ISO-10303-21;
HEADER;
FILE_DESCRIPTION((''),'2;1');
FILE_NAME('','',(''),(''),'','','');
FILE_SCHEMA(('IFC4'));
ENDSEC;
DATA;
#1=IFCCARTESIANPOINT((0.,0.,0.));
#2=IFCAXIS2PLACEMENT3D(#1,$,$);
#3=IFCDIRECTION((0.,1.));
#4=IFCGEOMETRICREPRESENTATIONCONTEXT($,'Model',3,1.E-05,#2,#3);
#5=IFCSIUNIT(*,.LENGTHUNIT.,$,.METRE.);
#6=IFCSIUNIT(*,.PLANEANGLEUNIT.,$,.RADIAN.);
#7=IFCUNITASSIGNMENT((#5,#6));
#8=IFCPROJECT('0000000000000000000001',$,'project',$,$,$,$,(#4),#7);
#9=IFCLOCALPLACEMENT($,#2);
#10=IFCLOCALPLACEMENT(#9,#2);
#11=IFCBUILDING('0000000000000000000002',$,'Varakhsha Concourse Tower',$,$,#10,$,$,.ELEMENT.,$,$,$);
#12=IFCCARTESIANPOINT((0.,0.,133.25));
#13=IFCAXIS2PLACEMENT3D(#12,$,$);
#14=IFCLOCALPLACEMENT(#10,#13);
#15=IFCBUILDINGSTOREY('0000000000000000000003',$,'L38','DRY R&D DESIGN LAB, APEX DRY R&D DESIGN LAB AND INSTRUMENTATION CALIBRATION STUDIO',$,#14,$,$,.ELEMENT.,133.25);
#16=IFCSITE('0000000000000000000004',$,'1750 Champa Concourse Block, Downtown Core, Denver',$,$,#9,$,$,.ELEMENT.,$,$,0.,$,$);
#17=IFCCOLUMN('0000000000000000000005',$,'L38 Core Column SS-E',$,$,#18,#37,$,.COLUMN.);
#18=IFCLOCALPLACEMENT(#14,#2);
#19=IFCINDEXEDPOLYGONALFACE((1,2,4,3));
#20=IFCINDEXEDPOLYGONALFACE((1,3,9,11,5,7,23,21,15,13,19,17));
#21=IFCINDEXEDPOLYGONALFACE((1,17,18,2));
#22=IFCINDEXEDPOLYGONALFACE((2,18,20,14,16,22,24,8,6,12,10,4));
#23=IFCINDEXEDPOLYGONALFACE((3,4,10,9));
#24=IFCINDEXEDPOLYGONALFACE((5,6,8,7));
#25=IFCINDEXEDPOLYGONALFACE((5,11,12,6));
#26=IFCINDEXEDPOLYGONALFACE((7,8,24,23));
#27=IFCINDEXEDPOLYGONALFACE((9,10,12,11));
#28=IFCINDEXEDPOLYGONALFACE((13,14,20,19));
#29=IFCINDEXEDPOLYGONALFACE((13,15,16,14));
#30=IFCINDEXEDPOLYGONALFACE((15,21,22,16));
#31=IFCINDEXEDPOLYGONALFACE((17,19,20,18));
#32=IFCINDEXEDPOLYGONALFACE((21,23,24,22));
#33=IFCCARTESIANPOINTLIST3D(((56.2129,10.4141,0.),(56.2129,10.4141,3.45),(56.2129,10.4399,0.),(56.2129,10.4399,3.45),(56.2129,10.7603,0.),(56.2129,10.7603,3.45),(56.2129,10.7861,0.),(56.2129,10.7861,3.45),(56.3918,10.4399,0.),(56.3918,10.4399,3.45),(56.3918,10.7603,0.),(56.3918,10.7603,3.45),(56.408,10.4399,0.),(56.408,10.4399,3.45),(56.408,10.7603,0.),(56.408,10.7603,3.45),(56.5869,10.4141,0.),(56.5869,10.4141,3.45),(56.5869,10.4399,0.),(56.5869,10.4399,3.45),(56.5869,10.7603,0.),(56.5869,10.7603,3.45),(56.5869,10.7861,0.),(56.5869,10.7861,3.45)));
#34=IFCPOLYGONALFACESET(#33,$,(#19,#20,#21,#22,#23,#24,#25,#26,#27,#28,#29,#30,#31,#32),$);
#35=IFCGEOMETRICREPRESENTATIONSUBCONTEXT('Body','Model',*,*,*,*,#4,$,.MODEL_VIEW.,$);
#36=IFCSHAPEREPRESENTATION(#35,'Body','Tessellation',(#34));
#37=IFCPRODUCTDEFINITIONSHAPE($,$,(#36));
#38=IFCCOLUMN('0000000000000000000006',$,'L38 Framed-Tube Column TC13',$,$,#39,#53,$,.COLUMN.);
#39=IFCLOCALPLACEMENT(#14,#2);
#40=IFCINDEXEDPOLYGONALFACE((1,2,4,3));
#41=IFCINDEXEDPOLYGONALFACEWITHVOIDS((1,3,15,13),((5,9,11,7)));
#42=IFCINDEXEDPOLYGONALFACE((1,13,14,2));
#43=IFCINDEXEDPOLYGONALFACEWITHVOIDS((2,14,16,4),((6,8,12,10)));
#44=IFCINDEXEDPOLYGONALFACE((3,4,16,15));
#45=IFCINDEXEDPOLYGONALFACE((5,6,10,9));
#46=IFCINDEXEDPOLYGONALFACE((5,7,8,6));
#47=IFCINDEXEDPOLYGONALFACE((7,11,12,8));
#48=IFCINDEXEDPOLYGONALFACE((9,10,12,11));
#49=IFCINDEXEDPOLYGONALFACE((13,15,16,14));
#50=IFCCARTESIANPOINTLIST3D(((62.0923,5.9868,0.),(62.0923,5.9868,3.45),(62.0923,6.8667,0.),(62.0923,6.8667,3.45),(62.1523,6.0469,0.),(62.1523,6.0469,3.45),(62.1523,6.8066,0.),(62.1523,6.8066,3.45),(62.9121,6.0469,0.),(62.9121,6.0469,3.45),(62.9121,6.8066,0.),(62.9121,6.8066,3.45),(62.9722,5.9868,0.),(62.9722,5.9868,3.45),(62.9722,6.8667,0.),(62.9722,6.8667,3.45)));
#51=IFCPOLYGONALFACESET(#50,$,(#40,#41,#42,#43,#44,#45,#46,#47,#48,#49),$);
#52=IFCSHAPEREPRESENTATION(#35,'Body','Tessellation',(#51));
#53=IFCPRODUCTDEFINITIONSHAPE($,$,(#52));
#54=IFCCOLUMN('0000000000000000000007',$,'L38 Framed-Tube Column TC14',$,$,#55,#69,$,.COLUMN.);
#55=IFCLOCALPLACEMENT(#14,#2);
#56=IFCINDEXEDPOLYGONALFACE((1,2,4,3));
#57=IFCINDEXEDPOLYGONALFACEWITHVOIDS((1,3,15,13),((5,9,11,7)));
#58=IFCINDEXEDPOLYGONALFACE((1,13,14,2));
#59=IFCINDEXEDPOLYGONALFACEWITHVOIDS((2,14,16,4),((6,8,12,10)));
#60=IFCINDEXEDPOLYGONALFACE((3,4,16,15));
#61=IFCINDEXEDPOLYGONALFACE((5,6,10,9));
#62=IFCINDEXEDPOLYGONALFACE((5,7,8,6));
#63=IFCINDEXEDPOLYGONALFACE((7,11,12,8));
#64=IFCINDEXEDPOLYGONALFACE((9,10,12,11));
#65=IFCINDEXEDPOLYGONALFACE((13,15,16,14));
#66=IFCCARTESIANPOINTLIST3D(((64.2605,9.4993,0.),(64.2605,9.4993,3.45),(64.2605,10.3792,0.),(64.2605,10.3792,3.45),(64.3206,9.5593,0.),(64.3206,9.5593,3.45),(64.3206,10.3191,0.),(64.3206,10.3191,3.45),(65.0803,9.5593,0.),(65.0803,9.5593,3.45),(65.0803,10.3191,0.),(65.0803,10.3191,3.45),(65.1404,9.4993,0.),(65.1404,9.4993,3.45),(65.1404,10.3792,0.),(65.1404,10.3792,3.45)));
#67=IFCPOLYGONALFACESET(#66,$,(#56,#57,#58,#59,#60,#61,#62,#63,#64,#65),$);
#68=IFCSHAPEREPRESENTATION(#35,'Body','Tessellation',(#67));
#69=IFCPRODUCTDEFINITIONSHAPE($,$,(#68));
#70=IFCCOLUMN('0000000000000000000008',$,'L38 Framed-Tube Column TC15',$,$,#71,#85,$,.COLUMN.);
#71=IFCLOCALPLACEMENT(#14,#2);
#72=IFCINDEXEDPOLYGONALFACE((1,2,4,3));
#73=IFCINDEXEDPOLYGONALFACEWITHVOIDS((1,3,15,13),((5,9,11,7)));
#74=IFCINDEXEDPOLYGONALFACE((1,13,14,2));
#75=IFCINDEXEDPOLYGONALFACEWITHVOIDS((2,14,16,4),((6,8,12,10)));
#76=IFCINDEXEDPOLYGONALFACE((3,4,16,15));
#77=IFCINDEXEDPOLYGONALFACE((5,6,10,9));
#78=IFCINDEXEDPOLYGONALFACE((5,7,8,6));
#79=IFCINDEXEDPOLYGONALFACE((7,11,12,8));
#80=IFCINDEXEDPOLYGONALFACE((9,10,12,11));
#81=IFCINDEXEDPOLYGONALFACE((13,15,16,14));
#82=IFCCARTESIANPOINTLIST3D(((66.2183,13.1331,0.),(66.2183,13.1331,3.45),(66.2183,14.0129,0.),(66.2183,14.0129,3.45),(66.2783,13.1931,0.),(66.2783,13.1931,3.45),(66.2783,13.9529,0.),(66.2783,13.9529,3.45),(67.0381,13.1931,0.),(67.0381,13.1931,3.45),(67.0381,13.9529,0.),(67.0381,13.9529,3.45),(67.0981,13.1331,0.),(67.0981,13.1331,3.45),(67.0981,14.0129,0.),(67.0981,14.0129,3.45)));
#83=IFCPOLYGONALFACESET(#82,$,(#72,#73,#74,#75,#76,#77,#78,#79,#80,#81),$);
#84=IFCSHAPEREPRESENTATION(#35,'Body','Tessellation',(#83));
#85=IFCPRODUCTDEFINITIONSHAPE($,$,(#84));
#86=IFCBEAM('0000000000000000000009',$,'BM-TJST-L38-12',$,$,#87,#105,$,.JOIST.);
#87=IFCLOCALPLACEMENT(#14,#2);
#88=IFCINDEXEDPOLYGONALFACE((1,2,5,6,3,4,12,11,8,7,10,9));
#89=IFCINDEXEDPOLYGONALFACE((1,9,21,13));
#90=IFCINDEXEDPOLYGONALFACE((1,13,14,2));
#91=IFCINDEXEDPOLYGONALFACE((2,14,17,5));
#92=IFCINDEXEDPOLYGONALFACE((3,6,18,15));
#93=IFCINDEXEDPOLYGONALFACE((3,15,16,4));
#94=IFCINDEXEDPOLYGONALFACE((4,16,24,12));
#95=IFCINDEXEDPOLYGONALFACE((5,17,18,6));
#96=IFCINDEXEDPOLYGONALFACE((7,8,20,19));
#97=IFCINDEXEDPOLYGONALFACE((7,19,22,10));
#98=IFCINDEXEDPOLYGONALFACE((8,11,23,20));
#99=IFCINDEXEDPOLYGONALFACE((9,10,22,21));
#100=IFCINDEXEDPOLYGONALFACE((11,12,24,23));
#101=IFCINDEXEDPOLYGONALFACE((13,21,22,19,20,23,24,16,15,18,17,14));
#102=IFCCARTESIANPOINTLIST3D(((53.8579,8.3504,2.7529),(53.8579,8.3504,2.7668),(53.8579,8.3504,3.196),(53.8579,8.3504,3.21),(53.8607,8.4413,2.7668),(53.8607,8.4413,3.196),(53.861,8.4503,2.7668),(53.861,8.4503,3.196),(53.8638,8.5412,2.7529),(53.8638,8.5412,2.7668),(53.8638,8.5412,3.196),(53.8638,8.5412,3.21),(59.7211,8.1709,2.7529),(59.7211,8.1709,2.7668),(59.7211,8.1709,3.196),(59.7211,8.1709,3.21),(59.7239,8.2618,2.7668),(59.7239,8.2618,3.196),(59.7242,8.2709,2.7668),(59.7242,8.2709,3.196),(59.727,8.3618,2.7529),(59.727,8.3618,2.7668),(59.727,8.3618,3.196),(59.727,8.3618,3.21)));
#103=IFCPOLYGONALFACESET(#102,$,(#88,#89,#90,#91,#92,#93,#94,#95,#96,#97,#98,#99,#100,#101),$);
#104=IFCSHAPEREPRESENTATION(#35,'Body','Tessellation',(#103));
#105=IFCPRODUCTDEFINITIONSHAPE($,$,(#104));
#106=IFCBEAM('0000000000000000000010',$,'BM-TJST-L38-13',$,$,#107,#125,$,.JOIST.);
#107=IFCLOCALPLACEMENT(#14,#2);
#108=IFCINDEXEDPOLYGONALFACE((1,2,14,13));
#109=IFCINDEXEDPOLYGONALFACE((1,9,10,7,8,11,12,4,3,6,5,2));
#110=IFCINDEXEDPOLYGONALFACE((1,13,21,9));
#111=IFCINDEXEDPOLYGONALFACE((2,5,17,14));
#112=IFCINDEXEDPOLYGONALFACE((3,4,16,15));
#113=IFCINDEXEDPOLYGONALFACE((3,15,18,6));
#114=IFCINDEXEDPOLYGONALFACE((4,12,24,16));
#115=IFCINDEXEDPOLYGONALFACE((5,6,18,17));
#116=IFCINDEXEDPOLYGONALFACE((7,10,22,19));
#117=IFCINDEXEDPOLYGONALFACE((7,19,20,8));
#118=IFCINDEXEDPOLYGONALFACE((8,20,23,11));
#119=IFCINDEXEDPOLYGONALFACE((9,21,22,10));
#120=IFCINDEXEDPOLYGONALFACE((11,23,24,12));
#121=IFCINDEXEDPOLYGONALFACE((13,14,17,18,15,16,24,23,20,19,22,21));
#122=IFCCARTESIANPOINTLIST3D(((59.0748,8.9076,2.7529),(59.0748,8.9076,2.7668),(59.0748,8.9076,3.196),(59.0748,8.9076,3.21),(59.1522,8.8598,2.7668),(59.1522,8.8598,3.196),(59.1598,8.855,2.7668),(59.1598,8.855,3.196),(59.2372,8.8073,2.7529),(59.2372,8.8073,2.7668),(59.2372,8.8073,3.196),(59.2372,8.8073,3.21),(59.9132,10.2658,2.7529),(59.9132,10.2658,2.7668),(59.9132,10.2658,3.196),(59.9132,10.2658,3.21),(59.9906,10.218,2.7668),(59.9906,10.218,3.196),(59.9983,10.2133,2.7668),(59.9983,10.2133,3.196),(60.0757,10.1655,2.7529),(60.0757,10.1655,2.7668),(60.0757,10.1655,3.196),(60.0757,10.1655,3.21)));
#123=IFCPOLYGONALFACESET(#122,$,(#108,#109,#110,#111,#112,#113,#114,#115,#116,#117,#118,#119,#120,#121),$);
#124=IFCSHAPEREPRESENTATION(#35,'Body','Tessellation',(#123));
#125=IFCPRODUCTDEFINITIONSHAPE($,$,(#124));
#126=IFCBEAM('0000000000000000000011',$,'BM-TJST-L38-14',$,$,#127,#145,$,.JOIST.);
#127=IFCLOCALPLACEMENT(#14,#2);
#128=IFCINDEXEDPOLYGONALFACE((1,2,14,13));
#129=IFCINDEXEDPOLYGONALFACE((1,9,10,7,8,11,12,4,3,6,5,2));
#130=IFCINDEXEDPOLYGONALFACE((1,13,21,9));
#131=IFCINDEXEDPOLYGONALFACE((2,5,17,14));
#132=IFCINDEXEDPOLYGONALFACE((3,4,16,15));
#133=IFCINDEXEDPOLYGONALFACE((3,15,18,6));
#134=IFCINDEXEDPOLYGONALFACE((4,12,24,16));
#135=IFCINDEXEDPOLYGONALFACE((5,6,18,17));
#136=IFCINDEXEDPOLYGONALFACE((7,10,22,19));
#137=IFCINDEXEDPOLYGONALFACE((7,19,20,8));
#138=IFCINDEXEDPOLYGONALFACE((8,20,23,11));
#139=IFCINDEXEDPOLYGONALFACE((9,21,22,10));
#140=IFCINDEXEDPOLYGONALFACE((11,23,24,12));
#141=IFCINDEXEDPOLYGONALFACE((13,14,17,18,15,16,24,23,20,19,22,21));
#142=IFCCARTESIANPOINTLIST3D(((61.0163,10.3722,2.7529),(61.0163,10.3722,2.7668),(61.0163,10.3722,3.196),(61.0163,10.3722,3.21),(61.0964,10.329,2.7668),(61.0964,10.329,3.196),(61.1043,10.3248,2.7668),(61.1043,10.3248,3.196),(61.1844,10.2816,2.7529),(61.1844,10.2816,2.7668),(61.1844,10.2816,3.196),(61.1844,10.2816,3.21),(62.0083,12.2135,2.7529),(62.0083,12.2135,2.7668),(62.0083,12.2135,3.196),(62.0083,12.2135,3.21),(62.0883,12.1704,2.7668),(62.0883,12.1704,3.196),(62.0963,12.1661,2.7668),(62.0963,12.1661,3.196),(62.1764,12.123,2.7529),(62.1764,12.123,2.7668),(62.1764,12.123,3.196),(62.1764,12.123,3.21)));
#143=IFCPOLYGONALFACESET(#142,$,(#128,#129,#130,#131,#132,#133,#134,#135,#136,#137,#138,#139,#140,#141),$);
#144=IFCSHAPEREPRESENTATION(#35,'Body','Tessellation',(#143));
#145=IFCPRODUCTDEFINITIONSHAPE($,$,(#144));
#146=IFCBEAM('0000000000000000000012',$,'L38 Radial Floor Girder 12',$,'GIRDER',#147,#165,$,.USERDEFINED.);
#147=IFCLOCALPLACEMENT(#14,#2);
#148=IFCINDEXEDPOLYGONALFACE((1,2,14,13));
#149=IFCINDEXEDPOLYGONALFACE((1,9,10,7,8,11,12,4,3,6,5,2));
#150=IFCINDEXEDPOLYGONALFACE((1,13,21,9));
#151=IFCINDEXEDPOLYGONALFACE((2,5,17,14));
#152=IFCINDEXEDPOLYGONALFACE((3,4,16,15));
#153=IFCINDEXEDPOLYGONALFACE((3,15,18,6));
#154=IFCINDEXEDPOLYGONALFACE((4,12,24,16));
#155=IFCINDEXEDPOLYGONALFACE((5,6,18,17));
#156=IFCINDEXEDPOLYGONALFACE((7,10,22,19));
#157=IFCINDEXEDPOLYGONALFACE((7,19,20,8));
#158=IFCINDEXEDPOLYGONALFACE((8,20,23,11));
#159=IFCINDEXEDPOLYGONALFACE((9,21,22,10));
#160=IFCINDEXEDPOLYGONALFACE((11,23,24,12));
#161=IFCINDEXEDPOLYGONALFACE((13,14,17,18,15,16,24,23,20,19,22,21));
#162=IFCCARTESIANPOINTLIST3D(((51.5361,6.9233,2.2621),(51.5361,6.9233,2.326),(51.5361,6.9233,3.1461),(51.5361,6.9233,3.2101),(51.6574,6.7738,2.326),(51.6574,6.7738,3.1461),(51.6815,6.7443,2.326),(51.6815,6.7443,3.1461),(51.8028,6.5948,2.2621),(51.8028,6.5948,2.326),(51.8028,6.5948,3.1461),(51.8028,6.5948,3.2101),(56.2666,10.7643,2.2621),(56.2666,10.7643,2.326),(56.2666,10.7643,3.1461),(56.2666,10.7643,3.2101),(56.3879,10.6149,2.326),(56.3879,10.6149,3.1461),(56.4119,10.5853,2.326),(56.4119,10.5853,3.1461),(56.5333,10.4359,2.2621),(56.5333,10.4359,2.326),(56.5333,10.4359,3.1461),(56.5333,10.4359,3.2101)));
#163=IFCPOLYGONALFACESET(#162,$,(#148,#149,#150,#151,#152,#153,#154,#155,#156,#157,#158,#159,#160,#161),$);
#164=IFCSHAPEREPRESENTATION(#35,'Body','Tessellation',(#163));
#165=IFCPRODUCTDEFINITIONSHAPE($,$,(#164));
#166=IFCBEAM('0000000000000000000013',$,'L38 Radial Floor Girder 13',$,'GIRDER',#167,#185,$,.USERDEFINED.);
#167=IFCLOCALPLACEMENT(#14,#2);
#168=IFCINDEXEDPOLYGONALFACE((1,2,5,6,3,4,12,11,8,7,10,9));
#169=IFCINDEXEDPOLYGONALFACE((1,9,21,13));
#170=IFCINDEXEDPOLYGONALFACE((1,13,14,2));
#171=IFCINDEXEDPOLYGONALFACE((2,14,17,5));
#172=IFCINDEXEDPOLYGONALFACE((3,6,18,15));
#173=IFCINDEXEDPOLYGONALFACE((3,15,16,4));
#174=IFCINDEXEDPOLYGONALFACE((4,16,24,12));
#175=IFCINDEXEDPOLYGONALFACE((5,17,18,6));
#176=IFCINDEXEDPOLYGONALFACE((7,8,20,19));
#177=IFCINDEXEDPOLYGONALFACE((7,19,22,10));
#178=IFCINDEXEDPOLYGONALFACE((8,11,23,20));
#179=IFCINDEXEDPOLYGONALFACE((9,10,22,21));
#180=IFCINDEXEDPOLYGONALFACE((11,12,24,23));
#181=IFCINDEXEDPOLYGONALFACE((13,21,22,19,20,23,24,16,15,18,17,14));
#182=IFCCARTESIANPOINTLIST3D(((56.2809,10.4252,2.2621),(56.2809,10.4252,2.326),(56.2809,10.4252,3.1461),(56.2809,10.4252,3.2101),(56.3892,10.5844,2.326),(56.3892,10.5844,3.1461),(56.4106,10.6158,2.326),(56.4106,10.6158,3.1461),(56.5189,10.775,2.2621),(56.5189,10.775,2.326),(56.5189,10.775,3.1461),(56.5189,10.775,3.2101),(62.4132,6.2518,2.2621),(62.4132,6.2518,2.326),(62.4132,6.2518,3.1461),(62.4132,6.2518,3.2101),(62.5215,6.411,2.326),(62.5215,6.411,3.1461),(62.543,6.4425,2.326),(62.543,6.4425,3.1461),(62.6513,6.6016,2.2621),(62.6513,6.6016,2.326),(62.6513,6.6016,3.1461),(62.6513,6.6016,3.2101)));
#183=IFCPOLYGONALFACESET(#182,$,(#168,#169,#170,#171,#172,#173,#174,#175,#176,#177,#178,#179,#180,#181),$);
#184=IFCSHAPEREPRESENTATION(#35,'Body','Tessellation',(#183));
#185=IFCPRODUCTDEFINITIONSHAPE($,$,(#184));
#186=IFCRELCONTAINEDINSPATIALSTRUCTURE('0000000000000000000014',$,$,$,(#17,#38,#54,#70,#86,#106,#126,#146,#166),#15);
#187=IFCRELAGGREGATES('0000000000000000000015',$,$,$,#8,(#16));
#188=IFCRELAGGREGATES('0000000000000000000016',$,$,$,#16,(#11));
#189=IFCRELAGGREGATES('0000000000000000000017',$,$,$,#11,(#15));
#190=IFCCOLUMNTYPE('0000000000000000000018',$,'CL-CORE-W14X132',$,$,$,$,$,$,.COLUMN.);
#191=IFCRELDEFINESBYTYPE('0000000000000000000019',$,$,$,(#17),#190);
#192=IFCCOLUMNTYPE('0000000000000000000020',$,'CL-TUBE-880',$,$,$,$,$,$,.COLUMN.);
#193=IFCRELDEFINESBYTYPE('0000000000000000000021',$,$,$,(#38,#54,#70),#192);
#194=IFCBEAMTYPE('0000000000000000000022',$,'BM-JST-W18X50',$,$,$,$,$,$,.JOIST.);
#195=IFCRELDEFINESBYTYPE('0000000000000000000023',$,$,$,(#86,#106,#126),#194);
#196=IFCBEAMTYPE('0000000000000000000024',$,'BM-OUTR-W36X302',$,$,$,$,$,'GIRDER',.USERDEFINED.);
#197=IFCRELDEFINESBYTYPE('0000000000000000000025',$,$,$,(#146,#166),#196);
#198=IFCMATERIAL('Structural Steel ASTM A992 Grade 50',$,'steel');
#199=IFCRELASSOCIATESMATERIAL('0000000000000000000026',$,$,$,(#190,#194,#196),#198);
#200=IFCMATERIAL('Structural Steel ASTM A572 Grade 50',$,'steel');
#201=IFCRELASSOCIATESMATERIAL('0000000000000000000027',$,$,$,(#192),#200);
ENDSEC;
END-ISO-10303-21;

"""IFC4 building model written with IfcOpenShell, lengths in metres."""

from ifc_helpers import new_model, si_unit, direction, frame, origin, origin_2d, place, context, subcontext, project, spatial, hollow_rectangle, i_section, extrude, material, material_profile, profile_set, type_object, element, save


model = new_model("IFC4")

# Units and contexts
model_context = context("Model", 3, precision=1e-05, world=origin(), true_north=direction((0.0, 1.0)))
body_context = subcontext(model_context, "Body", "Model", "MODEL_VIEW")
ifc_project = project(units=[si_unit("LENGTHUNIT", "METRE"), si_unit("PLANEANGLEUNIT", "RADIAN")], contexts=[model_context])

# Site, building, storey
site_placement = place(None, origin())
site = spatial("IfcSite", under=ifc_project, at=site_placement, Name="1750 Champa Concourse Block, Downtown Core, Denver", CompositionType="ELEMENT", RefElevation=0.0)
building_placement = place(site_placement, origin())
building = spatial("IfcBuilding", under=site, at=building_placement, Name="Varakhsha Concourse Tower", CompositionType="ELEMENT")
storey_placement = place(building_placement, frame((0.0, 0.0, 133.25)))
storey = spatial("IfcBuildingStorey", under=building, at=storey_placement, Name="L38", Description="DRY R&D DESIGN LAB, APEX DRY R&D DESIGN LAB AND INSTRUMENTATION CALIBRATION STUDIO", CompositionType="ELEMENT", Elevation=133.25)

# Columns
ifc_material_1 = material(Name="Structural Steel ASTM A992 Grade 50", Category="steel")
ifc_material_profile_1 = material_profile(ifc_material_1, i_section(OverallWidth=0.374, OverallDepth=0.3721, WebThickness=0.0161, FlangeThickness=0.0259, at=origin_2d()), Name="W14X132")
ifc_profile_set_1 = profile_set([ifc_material_profile_1], Name="Structural Steel ASTM A992 Grade 50")
column_type_1 = type_object("IfcColumnType", Name="CL-CORE-W14X132", PredefinedType="COLUMN", material=ifc_profile_set_1)
column_placement = place(storey_placement, frame((56.3999, 10.6001, 0.0), z_axis=(0.0, 0.0, 1.0), x_axis=(1.0, 0.0, 0.0)))
element("IfcColumn", 1, at=column_placement, inside=storey, type_object=column_type_1, Name="L38 Core Column SS-E", PredefinedType="COLUMN", context=body_context, shape_type="SweptSolid", body=[
    extrude(i_section(OverallWidth=0.374, OverallDepth=0.3721, WebThickness=0.0161, FlangeThickness=0.0259, at=origin_2d()), origin(), (0.0, 0.0, 1.0), 3.45),
])
ifc_material_2 = material(Name="Structural Steel ASTM A572 Grade 50", Category="steel")
ifc_material_profile_2 = material_profile(ifc_material_2, hollow_rectangle(XDim=0.8799, YDim=0.8799, WallThickness=0.0601, at=origin_2d()), Name="BOX 880x880x60")
ifc_profile_set_2 = profile_set([ifc_material_profile_2], Name="Structural Steel ASTM A572 Grade 50")
column_type_2 = type_object("IfcColumnType", Name="CL-TUBE-880", PredefinedType="COLUMN", material=ifc_profile_set_2)
for number, where, z_axis, x_axis, name in (
    (2, (62.5322, 6.4268, 0.0), (0.0, 0.0, 1.0), (1.0, 0.0, 0.0), "L38 Framed-Tube Column TC13"),
    (3, (64.7004, 9.9392, 0.0), (0.0, 0.0, 1.0), (1.0, 0.0, 0.0), "L38 Framed-Tube Column TC14"),
    (4, (66.6582, 13.573, 0.0), (0.0, 0.0, 1.0), (1.0, 0.0, 0.0), "L38 Framed-Tube Column TC15"),
):
    element("IfcColumn", number, at=place(storey_placement, frame(where, z_axis=z_axis, x_axis=x_axis)), inside=storey, type_object=column_type_2, Name=name, PredefinedType="COLUMN", context=body_context, shape_type="SweptSolid", body=[
        extrude(hollow_rectangle(XDim=0.8799, YDim=0.8799, WallThickness=0.0601, at=origin_2d()), origin(), (0.0, 0.0, 1.0), 3.45),
    ])

# Beams
ifc_material_profile_3 = material_profile(ifc_material_1, i_section(OverallWidth=0.1909, OverallDepth=0.457, WebThickness=0.009, FlangeThickness=0.0139, at=origin_2d()), Name="W18X50")
ifc_profile_set_3 = profile_set([ifc_material_profile_3], Name="Structural Steel ASTM A992 Grade 50")
beam_type_1 = type_object("IfcBeamType", Name="BM-JST-W18X50", PredefinedType="JOIST", material=ifc_profile_set_3)
beam_1_placement = place(storey_placement, frame((53.8608, 8.4458, 2.9814), z_axis=(0.999532, -0.03059, 0.0), x_axis=(0.03059, 0.999532, 0.0)))
element("IfcBeam", 5, at=beam_1_placement, inside=storey, type_object=beam_type_1, Name="BM-TJST-L38-12", PredefinedType="JOIST", context=body_context, shape_type="SweptSolid", body=[
    extrude(i_section(OverallWidth=0.1909, OverallDepth=0.457, WebThickness=0.009, FlangeThickness=0.0139, at=origin_2d()), origin(), (0.0, 0.0, 1.0), 5.866),
])
beam_2_placement = place(storey_placement, frame((59.156, 8.8574, 2.9814), z_axis=(0.525275, 0.850933, 0.0), x_axis=(-0.850933, 0.525275, 0.0)))
element("IfcBeam", 6, at=beam_2_placement, inside=storey, type_object=beam_type_1, Name="BM-TJST-L38-13", PredefinedType="JOIST", context=body_context, shape_type="SweptSolid", body=[
    extrude(i_section(OverallWidth=0.1909, OverallDepth=0.457, WebThickness=0.009, FlangeThickness=0.0139, at=origin_2d()), origin(), (0.0, 0.0, 1.0), 1.5962),
])
beam_3_placement = place(storey_placement, frame((61.1003, 10.3269, 2.9814), z_axis=(0.474274, 0.880377, 0.0), x_axis=(-0.880377, 0.474274, 0.0)))
element("IfcBeam", 7, at=beam_3_placement, inside=storey, type_object=beam_type_1, Name="BM-TJST-L38-14", PredefinedType="JOIST", context=body_context, shape_type="SweptSolid", body=[
    extrude(i_section(OverallWidth=0.1909, OverallDepth=0.457, WebThickness=0.009, FlangeThickness=0.0139, at=origin_2d()), origin(), (0.0, 0.0, 1.0), 2.0916),
])
ifc_material_profile_4 = material_profile(ifc_material_1, i_section(OverallWidth=0.4231, OverallDepth=0.948, WebThickness=0.0381, FlangeThickness=0.064, at=origin_2d()), Name="W36X302")
ifc_profile_set_4 = profile_set([ifc_material_profile_4], Name="Structural Steel ASTM A992 Grade 50")
beam_type_2 = type_object("IfcBeamType", Name="BM-OUTR-W36X302", ElementType="GIRDER", PredefinedType="USERDEFINED", material=ifc_profile_set_4)
beam_4_placement = place(storey_placement, frame((56.3999, 10.6001, 2.7361), z_axis=(-0.77631, -0.630351, 0.0), x_axis=(0.630351, -0.77631, 0.0)))
element("IfcBeam", 8, at=beam_4_placement, inside=storey, type_object=beam_type_2, Name="L38 Radial Floor Girder 12", ObjectType="GIRDER", PredefinedType="USERDEFINED", context=body_context, shape_type="SweptSolid", body=[
    extrude(i_section(OverallWidth=0.4231, OverallDepth=0.948, WebThickness=0.0381, FlangeThickness=0.064, at=origin_2d()), origin(), (0.0, 0.0, 1.0), 6.0935),
])
beam_5_placement = place(storey_placement, frame((56.3999, 10.6001, 2.7361), z_axis=(0.826716, -0.56262, 0.0), x_axis=(0.56262, 0.826716, 0.0)))
element("IfcBeam", 9, at=beam_5_placement, inside=storey, type_object=beam_type_2, Name="L38 Radial Floor Girder 13", ObjectType="GIRDER", PredefinedType="USERDEFINED", context=body_context, shape_type="SweptSolid", body=[
    extrude(i_section(OverallWidth=0.4231, OverallDepth=0.948, WebThickness=0.0381, FlangeThickness=0.064, at=origin_2d()), origin(), (0.0, 0.0, 1.0), 7.4177),
])

save(model, "model.ifc")
